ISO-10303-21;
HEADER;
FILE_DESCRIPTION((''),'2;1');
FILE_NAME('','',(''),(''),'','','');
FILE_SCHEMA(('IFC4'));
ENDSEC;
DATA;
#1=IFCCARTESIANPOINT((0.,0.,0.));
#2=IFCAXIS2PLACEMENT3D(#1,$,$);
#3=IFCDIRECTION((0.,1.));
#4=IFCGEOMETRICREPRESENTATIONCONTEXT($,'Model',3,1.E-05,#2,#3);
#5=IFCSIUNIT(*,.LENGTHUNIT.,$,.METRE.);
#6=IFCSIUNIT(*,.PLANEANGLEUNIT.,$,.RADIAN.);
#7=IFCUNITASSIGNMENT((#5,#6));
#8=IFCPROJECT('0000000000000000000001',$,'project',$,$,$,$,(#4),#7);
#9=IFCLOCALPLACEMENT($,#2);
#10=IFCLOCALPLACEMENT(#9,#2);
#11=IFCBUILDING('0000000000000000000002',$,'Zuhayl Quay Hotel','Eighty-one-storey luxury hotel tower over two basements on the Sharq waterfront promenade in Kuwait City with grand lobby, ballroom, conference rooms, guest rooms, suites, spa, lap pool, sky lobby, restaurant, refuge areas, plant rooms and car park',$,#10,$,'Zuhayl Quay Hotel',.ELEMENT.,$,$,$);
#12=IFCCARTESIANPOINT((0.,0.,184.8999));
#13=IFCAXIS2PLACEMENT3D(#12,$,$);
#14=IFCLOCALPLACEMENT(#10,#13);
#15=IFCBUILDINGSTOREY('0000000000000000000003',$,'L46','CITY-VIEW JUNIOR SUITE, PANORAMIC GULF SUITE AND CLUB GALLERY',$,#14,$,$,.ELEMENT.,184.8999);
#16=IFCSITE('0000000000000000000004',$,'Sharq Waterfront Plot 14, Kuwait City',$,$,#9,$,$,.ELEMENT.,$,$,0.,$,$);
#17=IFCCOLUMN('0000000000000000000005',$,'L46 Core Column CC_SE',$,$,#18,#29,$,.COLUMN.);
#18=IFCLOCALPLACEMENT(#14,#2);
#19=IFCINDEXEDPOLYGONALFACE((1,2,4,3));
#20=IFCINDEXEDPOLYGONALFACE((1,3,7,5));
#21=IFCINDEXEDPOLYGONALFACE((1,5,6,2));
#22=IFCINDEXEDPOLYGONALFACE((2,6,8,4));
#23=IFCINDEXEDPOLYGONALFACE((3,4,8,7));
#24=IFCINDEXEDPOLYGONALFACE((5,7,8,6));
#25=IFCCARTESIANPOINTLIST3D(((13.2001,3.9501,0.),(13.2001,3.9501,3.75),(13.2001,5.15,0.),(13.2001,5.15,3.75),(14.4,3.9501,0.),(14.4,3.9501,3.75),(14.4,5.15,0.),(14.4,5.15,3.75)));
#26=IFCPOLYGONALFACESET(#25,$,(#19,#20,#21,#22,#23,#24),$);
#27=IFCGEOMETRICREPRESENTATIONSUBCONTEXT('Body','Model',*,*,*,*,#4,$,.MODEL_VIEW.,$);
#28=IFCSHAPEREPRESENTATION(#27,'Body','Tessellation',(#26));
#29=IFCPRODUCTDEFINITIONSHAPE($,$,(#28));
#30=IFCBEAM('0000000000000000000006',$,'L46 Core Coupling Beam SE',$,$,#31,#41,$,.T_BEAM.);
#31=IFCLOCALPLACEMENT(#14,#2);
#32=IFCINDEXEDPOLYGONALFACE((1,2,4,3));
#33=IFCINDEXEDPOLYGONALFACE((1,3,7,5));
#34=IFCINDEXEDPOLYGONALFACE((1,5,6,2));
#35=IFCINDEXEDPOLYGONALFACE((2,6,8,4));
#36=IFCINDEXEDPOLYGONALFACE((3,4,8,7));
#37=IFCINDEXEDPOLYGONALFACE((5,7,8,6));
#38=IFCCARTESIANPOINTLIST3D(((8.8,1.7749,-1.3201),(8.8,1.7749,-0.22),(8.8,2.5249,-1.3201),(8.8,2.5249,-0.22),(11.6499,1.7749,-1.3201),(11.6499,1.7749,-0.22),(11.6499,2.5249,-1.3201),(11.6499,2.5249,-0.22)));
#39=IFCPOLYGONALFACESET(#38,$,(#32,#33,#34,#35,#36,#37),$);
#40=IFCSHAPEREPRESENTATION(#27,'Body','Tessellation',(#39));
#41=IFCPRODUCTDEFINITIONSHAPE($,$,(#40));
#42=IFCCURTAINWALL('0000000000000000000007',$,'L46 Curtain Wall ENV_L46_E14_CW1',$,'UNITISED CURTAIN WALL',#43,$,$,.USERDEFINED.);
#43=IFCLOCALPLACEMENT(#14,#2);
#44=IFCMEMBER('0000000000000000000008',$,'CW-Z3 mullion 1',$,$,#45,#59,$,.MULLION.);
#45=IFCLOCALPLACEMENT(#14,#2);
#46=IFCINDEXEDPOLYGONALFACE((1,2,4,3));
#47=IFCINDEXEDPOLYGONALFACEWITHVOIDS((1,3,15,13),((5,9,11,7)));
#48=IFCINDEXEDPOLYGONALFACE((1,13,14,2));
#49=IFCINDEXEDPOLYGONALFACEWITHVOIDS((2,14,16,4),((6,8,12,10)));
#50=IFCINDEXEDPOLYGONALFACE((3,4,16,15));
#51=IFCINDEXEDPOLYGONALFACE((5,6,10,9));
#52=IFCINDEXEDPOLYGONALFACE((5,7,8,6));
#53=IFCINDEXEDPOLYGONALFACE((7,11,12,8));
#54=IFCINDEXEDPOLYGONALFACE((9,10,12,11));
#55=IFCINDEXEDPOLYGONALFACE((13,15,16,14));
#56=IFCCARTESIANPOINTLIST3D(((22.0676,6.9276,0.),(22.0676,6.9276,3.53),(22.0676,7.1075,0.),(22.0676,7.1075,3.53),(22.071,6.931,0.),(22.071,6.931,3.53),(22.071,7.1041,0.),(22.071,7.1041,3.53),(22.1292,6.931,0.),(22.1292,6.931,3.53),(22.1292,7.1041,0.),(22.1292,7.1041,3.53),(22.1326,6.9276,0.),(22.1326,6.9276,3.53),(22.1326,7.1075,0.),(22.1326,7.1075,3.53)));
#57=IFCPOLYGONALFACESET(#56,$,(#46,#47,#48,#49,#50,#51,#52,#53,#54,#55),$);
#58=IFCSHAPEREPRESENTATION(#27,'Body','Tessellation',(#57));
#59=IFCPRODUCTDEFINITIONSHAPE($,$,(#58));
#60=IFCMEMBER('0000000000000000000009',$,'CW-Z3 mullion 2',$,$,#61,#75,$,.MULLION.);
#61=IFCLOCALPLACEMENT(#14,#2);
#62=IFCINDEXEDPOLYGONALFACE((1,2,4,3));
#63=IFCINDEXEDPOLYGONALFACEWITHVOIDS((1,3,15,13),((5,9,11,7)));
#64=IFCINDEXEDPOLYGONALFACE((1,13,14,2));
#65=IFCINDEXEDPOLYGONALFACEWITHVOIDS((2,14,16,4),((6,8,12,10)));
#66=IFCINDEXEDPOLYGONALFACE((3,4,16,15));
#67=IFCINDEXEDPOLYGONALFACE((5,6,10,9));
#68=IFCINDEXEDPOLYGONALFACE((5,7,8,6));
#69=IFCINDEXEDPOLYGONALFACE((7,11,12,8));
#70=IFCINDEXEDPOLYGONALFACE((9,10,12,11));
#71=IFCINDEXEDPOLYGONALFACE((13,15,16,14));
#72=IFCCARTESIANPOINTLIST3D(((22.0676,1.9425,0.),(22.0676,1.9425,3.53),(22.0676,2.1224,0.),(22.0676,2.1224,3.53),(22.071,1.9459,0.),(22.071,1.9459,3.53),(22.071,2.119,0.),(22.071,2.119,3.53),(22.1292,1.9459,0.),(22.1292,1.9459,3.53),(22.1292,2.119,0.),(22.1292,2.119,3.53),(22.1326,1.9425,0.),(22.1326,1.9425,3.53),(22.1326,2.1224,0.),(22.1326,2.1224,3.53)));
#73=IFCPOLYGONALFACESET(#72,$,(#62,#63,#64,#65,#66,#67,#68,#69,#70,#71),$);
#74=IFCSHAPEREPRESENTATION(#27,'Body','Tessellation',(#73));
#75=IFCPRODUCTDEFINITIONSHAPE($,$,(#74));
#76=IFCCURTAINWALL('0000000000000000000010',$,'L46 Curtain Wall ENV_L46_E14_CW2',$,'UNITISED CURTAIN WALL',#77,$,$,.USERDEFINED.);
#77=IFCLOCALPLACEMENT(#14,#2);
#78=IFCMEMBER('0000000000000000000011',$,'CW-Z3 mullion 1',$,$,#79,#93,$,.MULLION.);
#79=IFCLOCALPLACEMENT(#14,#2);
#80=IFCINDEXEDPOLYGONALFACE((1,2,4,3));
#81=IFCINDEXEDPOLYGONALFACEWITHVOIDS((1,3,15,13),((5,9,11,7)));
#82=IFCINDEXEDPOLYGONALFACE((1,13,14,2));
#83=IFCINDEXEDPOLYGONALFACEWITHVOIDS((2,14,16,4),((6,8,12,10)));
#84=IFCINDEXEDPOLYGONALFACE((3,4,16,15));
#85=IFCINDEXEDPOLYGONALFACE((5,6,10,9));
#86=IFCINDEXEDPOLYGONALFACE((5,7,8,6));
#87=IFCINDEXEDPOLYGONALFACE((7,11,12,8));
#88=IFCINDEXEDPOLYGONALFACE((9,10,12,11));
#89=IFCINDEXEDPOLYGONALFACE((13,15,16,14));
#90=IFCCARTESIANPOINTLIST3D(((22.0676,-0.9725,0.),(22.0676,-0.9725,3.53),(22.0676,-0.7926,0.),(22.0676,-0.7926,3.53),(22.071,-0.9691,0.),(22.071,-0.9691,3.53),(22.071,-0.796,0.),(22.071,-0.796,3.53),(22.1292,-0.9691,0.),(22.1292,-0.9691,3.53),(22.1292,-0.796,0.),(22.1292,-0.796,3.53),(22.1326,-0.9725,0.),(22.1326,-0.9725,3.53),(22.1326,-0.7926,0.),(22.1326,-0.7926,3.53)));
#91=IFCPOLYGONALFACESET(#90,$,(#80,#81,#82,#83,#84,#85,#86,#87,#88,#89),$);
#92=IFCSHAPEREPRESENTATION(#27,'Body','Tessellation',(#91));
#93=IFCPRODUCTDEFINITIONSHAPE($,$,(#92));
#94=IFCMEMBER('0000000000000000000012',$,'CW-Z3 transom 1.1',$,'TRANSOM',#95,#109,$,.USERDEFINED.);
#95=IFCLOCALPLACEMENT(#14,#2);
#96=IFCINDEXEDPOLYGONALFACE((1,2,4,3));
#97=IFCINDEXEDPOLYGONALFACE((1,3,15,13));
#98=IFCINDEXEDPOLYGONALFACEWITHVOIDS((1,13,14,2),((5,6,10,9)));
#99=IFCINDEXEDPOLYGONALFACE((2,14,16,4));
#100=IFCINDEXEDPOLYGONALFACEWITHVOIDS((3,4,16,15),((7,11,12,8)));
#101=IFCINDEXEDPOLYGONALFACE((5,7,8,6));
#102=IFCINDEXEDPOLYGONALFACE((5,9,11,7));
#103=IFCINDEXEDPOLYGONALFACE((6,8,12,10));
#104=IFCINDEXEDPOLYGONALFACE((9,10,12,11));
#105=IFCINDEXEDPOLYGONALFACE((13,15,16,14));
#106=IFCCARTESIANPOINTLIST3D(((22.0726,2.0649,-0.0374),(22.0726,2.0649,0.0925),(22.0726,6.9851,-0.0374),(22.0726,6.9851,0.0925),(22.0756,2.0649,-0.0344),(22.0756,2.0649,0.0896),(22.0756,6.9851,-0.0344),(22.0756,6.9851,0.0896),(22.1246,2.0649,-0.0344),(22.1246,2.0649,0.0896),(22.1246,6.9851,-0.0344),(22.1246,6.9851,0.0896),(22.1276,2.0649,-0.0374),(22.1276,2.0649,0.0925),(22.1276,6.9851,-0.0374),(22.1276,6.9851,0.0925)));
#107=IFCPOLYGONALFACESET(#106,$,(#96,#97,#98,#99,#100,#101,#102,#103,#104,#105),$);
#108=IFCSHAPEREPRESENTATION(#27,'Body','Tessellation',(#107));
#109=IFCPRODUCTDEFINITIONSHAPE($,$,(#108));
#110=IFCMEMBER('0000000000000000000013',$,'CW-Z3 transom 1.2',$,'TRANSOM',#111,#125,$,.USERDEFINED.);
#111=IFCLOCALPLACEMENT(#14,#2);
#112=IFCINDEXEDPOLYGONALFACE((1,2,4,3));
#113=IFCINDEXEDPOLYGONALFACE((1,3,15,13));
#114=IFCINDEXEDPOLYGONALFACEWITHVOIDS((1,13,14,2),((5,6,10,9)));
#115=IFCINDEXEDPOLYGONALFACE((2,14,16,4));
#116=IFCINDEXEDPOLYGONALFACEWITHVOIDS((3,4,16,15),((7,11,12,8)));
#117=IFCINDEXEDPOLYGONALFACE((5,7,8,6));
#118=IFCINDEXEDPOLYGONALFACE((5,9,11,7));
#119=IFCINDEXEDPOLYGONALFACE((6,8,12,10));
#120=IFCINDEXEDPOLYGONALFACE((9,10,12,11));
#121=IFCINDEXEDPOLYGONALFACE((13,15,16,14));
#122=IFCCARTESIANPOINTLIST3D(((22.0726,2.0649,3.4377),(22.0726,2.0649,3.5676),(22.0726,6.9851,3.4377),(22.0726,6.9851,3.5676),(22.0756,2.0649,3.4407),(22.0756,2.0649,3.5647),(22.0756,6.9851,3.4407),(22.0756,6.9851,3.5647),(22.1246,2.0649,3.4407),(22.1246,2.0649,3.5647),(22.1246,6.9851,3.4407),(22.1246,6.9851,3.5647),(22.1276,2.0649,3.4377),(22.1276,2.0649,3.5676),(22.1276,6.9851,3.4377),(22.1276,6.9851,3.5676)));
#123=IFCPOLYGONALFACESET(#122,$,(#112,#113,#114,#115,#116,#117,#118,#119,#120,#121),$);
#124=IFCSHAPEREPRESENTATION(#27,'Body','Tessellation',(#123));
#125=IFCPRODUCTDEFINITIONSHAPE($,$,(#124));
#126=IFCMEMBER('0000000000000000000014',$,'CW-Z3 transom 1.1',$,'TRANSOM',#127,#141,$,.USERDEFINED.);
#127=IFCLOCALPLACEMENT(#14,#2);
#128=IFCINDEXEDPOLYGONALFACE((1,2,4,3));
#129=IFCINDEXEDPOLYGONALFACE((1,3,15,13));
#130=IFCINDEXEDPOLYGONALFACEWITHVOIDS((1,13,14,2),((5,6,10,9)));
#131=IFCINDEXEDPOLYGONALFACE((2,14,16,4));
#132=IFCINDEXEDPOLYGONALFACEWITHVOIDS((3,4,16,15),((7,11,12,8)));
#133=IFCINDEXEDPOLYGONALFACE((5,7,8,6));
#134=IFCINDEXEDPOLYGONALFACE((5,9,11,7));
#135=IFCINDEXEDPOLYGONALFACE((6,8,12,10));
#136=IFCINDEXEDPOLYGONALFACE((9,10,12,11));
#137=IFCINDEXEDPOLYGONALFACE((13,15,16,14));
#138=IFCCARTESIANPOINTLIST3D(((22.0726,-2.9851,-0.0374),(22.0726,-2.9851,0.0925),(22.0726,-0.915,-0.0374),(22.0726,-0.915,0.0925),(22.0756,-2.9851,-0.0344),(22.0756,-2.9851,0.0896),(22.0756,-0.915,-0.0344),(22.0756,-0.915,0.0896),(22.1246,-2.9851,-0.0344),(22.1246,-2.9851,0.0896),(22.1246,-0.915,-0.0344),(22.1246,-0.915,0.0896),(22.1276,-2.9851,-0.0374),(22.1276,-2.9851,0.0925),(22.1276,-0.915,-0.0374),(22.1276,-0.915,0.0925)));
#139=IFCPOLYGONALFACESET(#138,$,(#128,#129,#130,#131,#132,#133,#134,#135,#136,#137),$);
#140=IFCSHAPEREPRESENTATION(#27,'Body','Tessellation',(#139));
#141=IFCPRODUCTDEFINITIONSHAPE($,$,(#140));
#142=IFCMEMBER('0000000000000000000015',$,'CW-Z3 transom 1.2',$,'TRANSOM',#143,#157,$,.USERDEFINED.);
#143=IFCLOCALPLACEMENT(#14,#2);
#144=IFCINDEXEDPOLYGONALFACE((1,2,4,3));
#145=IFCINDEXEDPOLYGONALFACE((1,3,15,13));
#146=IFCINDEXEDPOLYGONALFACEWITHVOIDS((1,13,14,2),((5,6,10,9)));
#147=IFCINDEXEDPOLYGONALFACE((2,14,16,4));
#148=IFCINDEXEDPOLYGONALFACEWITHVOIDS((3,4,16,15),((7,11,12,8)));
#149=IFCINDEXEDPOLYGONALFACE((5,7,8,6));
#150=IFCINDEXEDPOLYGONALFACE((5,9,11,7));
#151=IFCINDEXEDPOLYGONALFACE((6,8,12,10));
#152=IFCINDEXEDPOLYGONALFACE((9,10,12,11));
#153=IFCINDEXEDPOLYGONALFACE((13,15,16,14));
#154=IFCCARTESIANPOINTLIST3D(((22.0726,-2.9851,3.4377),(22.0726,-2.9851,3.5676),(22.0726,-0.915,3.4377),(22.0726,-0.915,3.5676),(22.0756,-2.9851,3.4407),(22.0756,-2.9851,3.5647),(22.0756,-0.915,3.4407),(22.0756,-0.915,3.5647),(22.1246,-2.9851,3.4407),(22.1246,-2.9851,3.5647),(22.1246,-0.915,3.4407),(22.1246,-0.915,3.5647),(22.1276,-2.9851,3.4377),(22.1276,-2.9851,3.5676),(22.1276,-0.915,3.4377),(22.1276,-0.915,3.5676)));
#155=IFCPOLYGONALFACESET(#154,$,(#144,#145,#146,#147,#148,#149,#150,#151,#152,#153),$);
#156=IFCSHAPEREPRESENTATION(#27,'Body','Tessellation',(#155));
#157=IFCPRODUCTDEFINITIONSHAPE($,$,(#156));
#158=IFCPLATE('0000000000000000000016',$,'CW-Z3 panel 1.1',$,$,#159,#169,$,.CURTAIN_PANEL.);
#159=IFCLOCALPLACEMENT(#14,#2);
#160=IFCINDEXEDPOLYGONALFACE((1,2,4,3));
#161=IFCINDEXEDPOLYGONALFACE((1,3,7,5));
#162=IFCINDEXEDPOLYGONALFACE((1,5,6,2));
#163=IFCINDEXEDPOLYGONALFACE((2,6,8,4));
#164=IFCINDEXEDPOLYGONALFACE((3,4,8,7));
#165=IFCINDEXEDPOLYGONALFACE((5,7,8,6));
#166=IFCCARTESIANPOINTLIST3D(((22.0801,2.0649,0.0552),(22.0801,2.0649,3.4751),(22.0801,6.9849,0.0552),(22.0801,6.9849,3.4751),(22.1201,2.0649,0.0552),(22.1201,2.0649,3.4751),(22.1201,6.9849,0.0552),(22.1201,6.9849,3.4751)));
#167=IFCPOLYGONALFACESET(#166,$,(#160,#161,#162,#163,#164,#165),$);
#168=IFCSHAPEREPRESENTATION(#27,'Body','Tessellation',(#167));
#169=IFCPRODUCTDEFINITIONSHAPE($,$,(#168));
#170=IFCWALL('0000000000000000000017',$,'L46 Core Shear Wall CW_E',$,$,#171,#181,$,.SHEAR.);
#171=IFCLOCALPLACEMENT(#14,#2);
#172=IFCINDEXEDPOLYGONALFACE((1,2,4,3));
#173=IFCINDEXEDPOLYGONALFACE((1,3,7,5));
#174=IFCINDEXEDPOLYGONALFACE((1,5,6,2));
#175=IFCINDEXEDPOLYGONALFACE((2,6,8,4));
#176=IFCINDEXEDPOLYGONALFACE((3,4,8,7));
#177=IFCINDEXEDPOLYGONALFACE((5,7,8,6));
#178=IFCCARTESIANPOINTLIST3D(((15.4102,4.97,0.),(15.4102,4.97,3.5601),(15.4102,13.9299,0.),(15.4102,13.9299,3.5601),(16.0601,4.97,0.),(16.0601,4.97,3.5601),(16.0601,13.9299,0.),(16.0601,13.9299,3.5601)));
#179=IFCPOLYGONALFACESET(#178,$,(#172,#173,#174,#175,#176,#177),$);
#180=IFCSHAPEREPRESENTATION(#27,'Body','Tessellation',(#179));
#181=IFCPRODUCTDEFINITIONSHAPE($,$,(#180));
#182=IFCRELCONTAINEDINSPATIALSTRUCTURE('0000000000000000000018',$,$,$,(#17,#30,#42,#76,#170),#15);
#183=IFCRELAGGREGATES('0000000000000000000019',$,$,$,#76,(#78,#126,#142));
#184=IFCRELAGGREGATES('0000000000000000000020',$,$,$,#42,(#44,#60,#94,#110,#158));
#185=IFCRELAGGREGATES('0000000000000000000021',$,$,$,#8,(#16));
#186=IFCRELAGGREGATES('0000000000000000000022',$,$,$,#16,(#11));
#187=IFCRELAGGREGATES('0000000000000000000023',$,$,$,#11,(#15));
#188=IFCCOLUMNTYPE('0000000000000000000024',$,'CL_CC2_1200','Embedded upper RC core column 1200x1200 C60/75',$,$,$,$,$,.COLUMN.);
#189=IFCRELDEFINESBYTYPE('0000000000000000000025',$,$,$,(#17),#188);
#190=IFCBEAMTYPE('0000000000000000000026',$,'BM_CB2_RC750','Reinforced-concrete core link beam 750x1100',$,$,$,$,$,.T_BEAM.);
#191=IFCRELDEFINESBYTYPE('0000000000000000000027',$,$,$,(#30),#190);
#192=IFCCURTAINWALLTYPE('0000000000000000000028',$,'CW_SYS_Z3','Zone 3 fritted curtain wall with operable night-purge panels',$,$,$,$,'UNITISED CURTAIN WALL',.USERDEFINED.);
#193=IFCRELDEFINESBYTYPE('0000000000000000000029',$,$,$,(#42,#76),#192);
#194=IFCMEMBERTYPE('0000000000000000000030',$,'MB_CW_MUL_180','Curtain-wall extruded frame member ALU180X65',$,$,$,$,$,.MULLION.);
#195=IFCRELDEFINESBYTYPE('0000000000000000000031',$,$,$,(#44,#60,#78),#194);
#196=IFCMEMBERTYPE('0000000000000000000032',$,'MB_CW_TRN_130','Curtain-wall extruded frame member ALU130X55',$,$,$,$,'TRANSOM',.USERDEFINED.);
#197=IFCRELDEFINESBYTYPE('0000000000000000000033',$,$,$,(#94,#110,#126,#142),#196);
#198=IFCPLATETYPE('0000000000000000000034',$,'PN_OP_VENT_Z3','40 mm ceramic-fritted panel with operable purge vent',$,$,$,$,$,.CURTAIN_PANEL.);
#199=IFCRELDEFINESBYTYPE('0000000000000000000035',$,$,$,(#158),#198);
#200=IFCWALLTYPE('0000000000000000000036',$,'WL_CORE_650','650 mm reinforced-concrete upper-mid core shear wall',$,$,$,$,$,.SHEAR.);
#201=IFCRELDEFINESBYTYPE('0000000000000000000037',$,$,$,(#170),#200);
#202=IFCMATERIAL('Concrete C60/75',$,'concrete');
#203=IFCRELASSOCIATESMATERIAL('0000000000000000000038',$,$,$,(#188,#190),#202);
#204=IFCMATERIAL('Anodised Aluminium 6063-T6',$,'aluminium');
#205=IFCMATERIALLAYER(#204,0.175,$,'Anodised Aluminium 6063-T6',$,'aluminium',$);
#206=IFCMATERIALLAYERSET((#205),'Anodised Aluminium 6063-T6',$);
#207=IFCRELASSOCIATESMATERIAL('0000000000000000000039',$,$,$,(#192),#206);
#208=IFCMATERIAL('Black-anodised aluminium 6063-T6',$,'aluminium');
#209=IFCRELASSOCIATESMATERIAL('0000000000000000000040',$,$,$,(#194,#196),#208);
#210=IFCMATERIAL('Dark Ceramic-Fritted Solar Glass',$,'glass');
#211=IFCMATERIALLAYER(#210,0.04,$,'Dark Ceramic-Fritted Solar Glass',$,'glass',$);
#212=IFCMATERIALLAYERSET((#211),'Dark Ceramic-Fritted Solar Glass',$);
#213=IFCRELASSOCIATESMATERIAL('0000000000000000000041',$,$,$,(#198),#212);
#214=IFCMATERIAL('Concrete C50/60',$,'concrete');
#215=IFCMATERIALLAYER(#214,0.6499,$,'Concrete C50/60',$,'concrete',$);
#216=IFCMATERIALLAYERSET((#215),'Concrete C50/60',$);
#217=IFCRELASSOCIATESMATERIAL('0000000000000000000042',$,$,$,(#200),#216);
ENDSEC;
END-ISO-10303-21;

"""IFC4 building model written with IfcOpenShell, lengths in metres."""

from ifc_helpers import new_model, si_unit, direction, frame, frame_2d, origin, origin_2d, place, context, subcontext, project, spatial, rectangle, hollow_rectangle, extrude, material, layer, layer_set, material_profile, profile_set, type_object, element, aggregate, save


model = new_model("IFC4")

# Units and contexts
model_context = context("Model", 3, precision=1e-05, world=origin(), true_north=direction((0.0, 1.0)))
body_context = subcontext(model_context, "Body", "Model", "MODEL_VIEW")
ifc_project = project(units=[si_unit("LENGTHUNIT", "METRE"), si_unit("PLANEANGLEUNIT", "RADIAN")], contexts=[model_context])

# Site, building, storey
site_placement = place(None, origin())
site = spatial("IfcSite", under=ifc_project, at=site_placement, Name="Sharq Waterfront Plot 14, Kuwait City", CompositionType="ELEMENT", RefElevation=0.0)
building_placement = place(site_placement, origin())
building = spatial("IfcBuilding", under=site, at=building_placement, Name="Zuhayl Quay Hotel", Description="Eighty-one-storey luxury hotel tower over two basements on the Sharq waterfront promenade in Kuwait City with grand lobby, ballroom, conference rooms, guest rooms, suites, spa, lap pool, sky lobby, restaurant, refuge areas, plant rooms and car park", LongName="Zuhayl Quay Hotel", CompositionType="ELEMENT")
storey_placement = place(building_placement, frame((0.0, 0.0, 184.8999)))
storey = spatial("IfcBuildingStorey", under=building, at=storey_placement, Name="L46", Description="CITY-VIEW JUNIOR SUITE, PANORAMIC GULF SUITE AND CLUB GALLERY", CompositionType="ELEMENT", Elevation=184.8999)

# Column
ifc_material_1 = material(Name="Concrete C60/75", Category="concrete")
ifc_material_profile_1 = material_profile(ifc_material_1, rectangle(XDim=1.2, YDim=1.2, at=origin_2d()), Name="RC1200X1200")
ifc_profile_set_1 = profile_set([ifc_material_profile_1], Name="Concrete C60/75")
column_type = type_object("IfcColumnType", Name="CL_CC2_1200", Description="Embedded upper RC core column 1200x1200 C60/75", PredefinedType="COLUMN", material=ifc_profile_set_1)
column_placement = place(storey_placement, frame((13.8, 4.55, 0.0), z_axis=(0.0, 0.0, 1.0), x_axis=(1.0, 0.0, 0.0)))
element("IfcColumn", 1, at=column_placement, inside=storey, type_object=column_type, Name="L46 Core Column CC_SE", PredefinedType="COLUMN", context=body_context, shape_type="SweptSolid", body=[
    extrude(rectangle(XDim=1.2, YDim=1.2, at=origin_2d()), origin(), (0.0, 0.0, 1.0), 3.75),
])

# Beam
ifc_material_profile_2 = material_profile(ifc_material_1, rectangle(XDim=0.75, YDim=1.1001, at=origin_2d()), Name="RC750X1100")
ifc_profile_set_2 = profile_set([ifc_material_profile_2], Name="Concrete C60/75")
beam_type = type_object("IfcBeamType", Name="BM_CB2_RC750", Description="Reinforced-concrete core link beam 750x1100", PredefinedType="T_BEAM", material=ifc_profile_set_2)
beam_placement = place(storey_placement, frame((8.8, 2.1499, -0.77), z_axis=(1.0, 0.0, 0.0), x_axis=(0.0, 1.0, 0.0)))
element("IfcBeam", 2, at=beam_placement, inside=storey, type_object=beam_type, Name="L46 Core Coupling Beam SE", PredefinedType="T_BEAM", context=body_context, shape_type="SweptSolid", body=[
    extrude(rectangle(XDim=0.75, YDim=1.1001, at=origin_2d()), origin(), (0.0, 0.0, 1.0), 2.8499),
])

# Curtain wall, members
ifc_material_2 = material(Name="Anodised Aluminium 6063-T6", Category="aluminium")
ifc_layer_1 = layer(ifc_material_2, 0.175, Name="Anodised Aluminium 6063-T6", Category="aluminium")
ifc_layer_set_1 = layer_set([ifc_layer_1], Name="Anodised Aluminium 6063-T6")
curtain_wall_type = type_object("IfcCurtainWallType", Name="CW_SYS_Z3", Description="Zone 3 fritted curtain wall with operable night-purge panels", ElementType="UNITISED CURTAIN WALL", PredefinedType="USERDEFINED", material=ifc_layer_set_1)
curtain_wall_1_placement = place(storey_placement, origin())
curtain_wall_1 = element("IfcCurtainWall", 3, at=curtain_wall_1_placement, inside=storey, type_object=curtain_wall_type, Name="L46 Curtain Wall ENV_L46_E14_CW1", ObjectType="UNITISED CURTAIN WALL", PredefinedType="USERDEFINED")
ifc_material_3 = material(Name="Black-anodised aluminium 6063-T6", Category="aluminium")
ifc_material_profile_3 = material_profile(ifc_material_3, hollow_rectangle(XDim=0.0649, YDim=0.1799, WallThickness=0.0034, at=origin_2d()), Name="ALU180X65")
ifc_profile_set_3 = profile_set([ifc_material_profile_3], Name="Black-anodised aluminium 6063-T6")
member_type_1 = type_object("IfcMemberType", Name="MB_CW_MUL_180", Description="Curtain-wall extruded frame member ALU180X65", PredefinedType="MULLION", material=ifc_profile_set_3)
member_1_placement = place(storey_placement, frame((22.1001, 7.0176, 0.0), z_axis=(0.0, 0.0, 1.0), x_axis=(1.0, 0.0, 0.0)))
member_1 = element("IfcMember", 4, at=member_1_placement, type_object=member_type_1, Name="CW-Z3 mullion 1", PredefinedType="MULLION", context=body_context, shape_type="SweptSolid", body=[
    extrude(hollow_rectangle(XDim=0.0649, YDim=0.1799, WallThickness=0.0034, at=origin_2d()), origin(), (0.0, 0.0, 1.0), 3.53),
])
member_2_placement = place(storey_placement, frame((22.1001, 2.0325, 0.0), z_axis=(0.0, 0.0, 1.0), x_axis=(1.0, 0.0, 0.0)))
member_2 = element("IfcMember", 5, at=member_2_placement, type_object=member_type_1, Name="CW-Z3 mullion 2", PredefinedType="MULLION", context=body_context, shape_type="SweptSolid", body=[
    extrude(hollow_rectangle(XDim=0.0649, YDim=0.1799, WallThickness=0.0034, at=origin_2d()), origin(), (0.0, 0.0, 1.0), 3.53),
])

# Curtain wall, member
curtain_wall_2_placement = place(storey_placement, origin())
curtain_wall_2 = element("IfcCurtainWall", 6, at=curtain_wall_2_placement, inside=storey, type_object=curtain_wall_type, Name="L46 Curtain Wall ENV_L46_E14_CW2", ObjectType="UNITISED CURTAIN WALL", PredefinedType="USERDEFINED")
member_3_placement = place(storey_placement, frame((22.1001, -0.8826, 0.0), z_axis=(0.0, 0.0, 1.0), x_axis=(1.0, 0.0, 0.0)))
member_3 = element("IfcMember", 7, at=member_3_placement, type_object=member_type_1, Name="CW-Z3 mullion 1", PredefinedType="MULLION", context=body_context, shape_type="SweptSolid", body=[
    extrude(hollow_rectangle(XDim=0.0649, YDim=0.1799, WallThickness=0.0034, at=origin_2d()), origin(), (0.0, 0.0, 1.0), 3.53),
])

# Members
ifc_material_profile_4 = material_profile(ifc_material_3, hollow_rectangle(XDim=0.0549, YDim=0.1299, WallThickness=0.0029, at=origin_2d()), Name="ALU130X55")
ifc_profile_set_4 = profile_set([ifc_material_profile_4], Name="Black-anodised aluminium 6063-T6")
member_type_2 = type_object("IfcMemberType", Name="MB_CW_TRN_130", Description="Curtain-wall extruded frame member ALU130X55", ElementType="TRANSOM", PredefinedType="USERDEFINED", material=ifc_profile_set_4)
member_4_placement = place(storey_placement, frame((22.1001, 6.9851, 0.0276), z_axis=(0.0, -1.0, 0.0), x_axis=(1.0, 0.0, 0.0)))
member_4 = element("IfcMember", 8, at=member_4_placement, type_object=member_type_2, Name="CW-Z3 transom 1.1", ObjectType="TRANSOM", PredefinedType="USERDEFINED", context=body_context, shape_type="SweptSolid", body=[
    extrude(hollow_rectangle(XDim=0.0549, YDim=0.1299, WallThickness=0.0029, at=origin_2d()), origin(), (0.0, 0.0, 1.0), 4.9202),
])
member_5_placement = place(storey_placement, frame((22.1001, 6.9851, 3.5027), z_axis=(0.0, -1.0, 0.0), x_axis=(1.0, 0.0, 0.0)))
member_5 = element("IfcMember", 9, at=member_5_placement, type_object=member_type_2, Name="CW-Z3 transom 1.2", ObjectType="TRANSOM", PredefinedType="USERDEFINED", context=body_context, shape_type="SweptSolid", body=[
    extrude(hollow_rectangle(XDim=0.0549, YDim=0.1299, WallThickness=0.0029, at=origin_2d()), origin(), (0.0, 0.0, 1.0), 4.9202),
])
member_6_placement = place(storey_placement, frame((22.1001, -0.915, 0.0276), z_axis=(0.0, -1.0, 0.0), x_axis=(1.0, 0.0, 0.0)))
member_6 = element("IfcMember", 10, at=member_6_placement, type_object=member_type_2, Name="CW-Z3 transom 1.1", ObjectType="TRANSOM", PredefinedType="USERDEFINED", context=body_context, shape_type="SweptSolid", body=[
    extrude(hollow_rectangle(XDim=0.0549, YDim=0.1299, WallThickness=0.0029, at=origin_2d()), origin(), (0.0, 0.0, 1.0), 2.0701),
])
member_7_placement = place(storey_placement, frame((22.1001, -0.915, 3.5027), z_axis=(0.0, -1.0, 0.0), x_axis=(1.0, 0.0, 0.0)))
member_7 = element("IfcMember", 11, at=member_7_placement, type_object=member_type_2, Name="CW-Z3 transom 1.2", ObjectType="TRANSOM", PredefinedType="USERDEFINED", context=body_context, shape_type="SweptSolid", body=[
    extrude(hollow_rectangle(XDim=0.0549, YDim=0.1299, WallThickness=0.0029, at=origin_2d()), origin(), (0.0, 0.0, 1.0), 2.0701),
])
aggregate(curtain_wall_2, [member_3, member_6, member_7])

# Plate
ifc_material_4 = material(Name="Dark Ceramic-Fritted Solar Glass", Category="glass")
ifc_layer_2 = layer(ifc_material_4, 0.04, Name="Dark Ceramic-Fritted Solar Glass", Category="glass")
ifc_layer_set_2 = layer_set([ifc_layer_2], Name="Dark Ceramic-Fritted Solar Glass")
plate_type = type_object("IfcPlateType", Name="PN_OP_VENT_Z3", Description="40 mm ceramic-fritted panel with operable purge vent", PredefinedType="CURTAIN_PANEL", material=ifc_layer_set_2)
plate_placement = place(storey_placement, frame((22.1001, 4.5249, 0.0552), z_axis=(0.0, 0.0, 1.0), x_axis=(0.0, -1.0, 0.0)))
plate = element("IfcPlate", 12, at=plate_placement, type_object=plate_type, Name="CW-Z3 panel 1.1", PredefinedType="CURTAIN_PANEL", context=body_context, shape_type="SweptSolid", body=[
    extrude(rectangle(XDim=4.9199, YDim=0.04, at=origin_2d()), origin(), (0.0, 0.0, 1.0), 3.4199),
])
aggregate(curtain_wall_1, [member_1, member_2, member_4, member_5, plate])

# Wall
ifc_material_5 = material(Name="Concrete C50/60", Category="concrete")
ifc_layer_3 = layer(ifc_material_5, 0.6499, Name="Concrete C50/60", Category="concrete")
ifc_layer_set_3 = layer_set([ifc_layer_3], Name="Concrete C50/60")
wall_type_1 = type_object("IfcWallType", Name="WL_CORE_650", Description="650 mm reinforced-concrete upper-mid core shear wall", PredefinedType="SHEAR", material=ifc_layer_set_3)
wall_1_placement = place(storey_placement, frame((15.7351, 4.97, 0.0), z_axis=(0.0, 0.0, 1.0), x_axis=(0.0, 1.0, 0.0)))
element("IfcWall", 13, at=wall_1_placement, inside=storey, type_object=wall_type_1, Name="L46 Core Shear Wall CW_E", PredefinedType="SHEAR", context=body_context, shape_type="SweptSolid", body=[
    extrude(rectangle(XDim=8.96, YDim=0.6499, at=frame_2d((4.48, 0.0))), origin(), (0.0, 0.0, 1.0), 3.5601),
])

save(model, "model.ifc")
